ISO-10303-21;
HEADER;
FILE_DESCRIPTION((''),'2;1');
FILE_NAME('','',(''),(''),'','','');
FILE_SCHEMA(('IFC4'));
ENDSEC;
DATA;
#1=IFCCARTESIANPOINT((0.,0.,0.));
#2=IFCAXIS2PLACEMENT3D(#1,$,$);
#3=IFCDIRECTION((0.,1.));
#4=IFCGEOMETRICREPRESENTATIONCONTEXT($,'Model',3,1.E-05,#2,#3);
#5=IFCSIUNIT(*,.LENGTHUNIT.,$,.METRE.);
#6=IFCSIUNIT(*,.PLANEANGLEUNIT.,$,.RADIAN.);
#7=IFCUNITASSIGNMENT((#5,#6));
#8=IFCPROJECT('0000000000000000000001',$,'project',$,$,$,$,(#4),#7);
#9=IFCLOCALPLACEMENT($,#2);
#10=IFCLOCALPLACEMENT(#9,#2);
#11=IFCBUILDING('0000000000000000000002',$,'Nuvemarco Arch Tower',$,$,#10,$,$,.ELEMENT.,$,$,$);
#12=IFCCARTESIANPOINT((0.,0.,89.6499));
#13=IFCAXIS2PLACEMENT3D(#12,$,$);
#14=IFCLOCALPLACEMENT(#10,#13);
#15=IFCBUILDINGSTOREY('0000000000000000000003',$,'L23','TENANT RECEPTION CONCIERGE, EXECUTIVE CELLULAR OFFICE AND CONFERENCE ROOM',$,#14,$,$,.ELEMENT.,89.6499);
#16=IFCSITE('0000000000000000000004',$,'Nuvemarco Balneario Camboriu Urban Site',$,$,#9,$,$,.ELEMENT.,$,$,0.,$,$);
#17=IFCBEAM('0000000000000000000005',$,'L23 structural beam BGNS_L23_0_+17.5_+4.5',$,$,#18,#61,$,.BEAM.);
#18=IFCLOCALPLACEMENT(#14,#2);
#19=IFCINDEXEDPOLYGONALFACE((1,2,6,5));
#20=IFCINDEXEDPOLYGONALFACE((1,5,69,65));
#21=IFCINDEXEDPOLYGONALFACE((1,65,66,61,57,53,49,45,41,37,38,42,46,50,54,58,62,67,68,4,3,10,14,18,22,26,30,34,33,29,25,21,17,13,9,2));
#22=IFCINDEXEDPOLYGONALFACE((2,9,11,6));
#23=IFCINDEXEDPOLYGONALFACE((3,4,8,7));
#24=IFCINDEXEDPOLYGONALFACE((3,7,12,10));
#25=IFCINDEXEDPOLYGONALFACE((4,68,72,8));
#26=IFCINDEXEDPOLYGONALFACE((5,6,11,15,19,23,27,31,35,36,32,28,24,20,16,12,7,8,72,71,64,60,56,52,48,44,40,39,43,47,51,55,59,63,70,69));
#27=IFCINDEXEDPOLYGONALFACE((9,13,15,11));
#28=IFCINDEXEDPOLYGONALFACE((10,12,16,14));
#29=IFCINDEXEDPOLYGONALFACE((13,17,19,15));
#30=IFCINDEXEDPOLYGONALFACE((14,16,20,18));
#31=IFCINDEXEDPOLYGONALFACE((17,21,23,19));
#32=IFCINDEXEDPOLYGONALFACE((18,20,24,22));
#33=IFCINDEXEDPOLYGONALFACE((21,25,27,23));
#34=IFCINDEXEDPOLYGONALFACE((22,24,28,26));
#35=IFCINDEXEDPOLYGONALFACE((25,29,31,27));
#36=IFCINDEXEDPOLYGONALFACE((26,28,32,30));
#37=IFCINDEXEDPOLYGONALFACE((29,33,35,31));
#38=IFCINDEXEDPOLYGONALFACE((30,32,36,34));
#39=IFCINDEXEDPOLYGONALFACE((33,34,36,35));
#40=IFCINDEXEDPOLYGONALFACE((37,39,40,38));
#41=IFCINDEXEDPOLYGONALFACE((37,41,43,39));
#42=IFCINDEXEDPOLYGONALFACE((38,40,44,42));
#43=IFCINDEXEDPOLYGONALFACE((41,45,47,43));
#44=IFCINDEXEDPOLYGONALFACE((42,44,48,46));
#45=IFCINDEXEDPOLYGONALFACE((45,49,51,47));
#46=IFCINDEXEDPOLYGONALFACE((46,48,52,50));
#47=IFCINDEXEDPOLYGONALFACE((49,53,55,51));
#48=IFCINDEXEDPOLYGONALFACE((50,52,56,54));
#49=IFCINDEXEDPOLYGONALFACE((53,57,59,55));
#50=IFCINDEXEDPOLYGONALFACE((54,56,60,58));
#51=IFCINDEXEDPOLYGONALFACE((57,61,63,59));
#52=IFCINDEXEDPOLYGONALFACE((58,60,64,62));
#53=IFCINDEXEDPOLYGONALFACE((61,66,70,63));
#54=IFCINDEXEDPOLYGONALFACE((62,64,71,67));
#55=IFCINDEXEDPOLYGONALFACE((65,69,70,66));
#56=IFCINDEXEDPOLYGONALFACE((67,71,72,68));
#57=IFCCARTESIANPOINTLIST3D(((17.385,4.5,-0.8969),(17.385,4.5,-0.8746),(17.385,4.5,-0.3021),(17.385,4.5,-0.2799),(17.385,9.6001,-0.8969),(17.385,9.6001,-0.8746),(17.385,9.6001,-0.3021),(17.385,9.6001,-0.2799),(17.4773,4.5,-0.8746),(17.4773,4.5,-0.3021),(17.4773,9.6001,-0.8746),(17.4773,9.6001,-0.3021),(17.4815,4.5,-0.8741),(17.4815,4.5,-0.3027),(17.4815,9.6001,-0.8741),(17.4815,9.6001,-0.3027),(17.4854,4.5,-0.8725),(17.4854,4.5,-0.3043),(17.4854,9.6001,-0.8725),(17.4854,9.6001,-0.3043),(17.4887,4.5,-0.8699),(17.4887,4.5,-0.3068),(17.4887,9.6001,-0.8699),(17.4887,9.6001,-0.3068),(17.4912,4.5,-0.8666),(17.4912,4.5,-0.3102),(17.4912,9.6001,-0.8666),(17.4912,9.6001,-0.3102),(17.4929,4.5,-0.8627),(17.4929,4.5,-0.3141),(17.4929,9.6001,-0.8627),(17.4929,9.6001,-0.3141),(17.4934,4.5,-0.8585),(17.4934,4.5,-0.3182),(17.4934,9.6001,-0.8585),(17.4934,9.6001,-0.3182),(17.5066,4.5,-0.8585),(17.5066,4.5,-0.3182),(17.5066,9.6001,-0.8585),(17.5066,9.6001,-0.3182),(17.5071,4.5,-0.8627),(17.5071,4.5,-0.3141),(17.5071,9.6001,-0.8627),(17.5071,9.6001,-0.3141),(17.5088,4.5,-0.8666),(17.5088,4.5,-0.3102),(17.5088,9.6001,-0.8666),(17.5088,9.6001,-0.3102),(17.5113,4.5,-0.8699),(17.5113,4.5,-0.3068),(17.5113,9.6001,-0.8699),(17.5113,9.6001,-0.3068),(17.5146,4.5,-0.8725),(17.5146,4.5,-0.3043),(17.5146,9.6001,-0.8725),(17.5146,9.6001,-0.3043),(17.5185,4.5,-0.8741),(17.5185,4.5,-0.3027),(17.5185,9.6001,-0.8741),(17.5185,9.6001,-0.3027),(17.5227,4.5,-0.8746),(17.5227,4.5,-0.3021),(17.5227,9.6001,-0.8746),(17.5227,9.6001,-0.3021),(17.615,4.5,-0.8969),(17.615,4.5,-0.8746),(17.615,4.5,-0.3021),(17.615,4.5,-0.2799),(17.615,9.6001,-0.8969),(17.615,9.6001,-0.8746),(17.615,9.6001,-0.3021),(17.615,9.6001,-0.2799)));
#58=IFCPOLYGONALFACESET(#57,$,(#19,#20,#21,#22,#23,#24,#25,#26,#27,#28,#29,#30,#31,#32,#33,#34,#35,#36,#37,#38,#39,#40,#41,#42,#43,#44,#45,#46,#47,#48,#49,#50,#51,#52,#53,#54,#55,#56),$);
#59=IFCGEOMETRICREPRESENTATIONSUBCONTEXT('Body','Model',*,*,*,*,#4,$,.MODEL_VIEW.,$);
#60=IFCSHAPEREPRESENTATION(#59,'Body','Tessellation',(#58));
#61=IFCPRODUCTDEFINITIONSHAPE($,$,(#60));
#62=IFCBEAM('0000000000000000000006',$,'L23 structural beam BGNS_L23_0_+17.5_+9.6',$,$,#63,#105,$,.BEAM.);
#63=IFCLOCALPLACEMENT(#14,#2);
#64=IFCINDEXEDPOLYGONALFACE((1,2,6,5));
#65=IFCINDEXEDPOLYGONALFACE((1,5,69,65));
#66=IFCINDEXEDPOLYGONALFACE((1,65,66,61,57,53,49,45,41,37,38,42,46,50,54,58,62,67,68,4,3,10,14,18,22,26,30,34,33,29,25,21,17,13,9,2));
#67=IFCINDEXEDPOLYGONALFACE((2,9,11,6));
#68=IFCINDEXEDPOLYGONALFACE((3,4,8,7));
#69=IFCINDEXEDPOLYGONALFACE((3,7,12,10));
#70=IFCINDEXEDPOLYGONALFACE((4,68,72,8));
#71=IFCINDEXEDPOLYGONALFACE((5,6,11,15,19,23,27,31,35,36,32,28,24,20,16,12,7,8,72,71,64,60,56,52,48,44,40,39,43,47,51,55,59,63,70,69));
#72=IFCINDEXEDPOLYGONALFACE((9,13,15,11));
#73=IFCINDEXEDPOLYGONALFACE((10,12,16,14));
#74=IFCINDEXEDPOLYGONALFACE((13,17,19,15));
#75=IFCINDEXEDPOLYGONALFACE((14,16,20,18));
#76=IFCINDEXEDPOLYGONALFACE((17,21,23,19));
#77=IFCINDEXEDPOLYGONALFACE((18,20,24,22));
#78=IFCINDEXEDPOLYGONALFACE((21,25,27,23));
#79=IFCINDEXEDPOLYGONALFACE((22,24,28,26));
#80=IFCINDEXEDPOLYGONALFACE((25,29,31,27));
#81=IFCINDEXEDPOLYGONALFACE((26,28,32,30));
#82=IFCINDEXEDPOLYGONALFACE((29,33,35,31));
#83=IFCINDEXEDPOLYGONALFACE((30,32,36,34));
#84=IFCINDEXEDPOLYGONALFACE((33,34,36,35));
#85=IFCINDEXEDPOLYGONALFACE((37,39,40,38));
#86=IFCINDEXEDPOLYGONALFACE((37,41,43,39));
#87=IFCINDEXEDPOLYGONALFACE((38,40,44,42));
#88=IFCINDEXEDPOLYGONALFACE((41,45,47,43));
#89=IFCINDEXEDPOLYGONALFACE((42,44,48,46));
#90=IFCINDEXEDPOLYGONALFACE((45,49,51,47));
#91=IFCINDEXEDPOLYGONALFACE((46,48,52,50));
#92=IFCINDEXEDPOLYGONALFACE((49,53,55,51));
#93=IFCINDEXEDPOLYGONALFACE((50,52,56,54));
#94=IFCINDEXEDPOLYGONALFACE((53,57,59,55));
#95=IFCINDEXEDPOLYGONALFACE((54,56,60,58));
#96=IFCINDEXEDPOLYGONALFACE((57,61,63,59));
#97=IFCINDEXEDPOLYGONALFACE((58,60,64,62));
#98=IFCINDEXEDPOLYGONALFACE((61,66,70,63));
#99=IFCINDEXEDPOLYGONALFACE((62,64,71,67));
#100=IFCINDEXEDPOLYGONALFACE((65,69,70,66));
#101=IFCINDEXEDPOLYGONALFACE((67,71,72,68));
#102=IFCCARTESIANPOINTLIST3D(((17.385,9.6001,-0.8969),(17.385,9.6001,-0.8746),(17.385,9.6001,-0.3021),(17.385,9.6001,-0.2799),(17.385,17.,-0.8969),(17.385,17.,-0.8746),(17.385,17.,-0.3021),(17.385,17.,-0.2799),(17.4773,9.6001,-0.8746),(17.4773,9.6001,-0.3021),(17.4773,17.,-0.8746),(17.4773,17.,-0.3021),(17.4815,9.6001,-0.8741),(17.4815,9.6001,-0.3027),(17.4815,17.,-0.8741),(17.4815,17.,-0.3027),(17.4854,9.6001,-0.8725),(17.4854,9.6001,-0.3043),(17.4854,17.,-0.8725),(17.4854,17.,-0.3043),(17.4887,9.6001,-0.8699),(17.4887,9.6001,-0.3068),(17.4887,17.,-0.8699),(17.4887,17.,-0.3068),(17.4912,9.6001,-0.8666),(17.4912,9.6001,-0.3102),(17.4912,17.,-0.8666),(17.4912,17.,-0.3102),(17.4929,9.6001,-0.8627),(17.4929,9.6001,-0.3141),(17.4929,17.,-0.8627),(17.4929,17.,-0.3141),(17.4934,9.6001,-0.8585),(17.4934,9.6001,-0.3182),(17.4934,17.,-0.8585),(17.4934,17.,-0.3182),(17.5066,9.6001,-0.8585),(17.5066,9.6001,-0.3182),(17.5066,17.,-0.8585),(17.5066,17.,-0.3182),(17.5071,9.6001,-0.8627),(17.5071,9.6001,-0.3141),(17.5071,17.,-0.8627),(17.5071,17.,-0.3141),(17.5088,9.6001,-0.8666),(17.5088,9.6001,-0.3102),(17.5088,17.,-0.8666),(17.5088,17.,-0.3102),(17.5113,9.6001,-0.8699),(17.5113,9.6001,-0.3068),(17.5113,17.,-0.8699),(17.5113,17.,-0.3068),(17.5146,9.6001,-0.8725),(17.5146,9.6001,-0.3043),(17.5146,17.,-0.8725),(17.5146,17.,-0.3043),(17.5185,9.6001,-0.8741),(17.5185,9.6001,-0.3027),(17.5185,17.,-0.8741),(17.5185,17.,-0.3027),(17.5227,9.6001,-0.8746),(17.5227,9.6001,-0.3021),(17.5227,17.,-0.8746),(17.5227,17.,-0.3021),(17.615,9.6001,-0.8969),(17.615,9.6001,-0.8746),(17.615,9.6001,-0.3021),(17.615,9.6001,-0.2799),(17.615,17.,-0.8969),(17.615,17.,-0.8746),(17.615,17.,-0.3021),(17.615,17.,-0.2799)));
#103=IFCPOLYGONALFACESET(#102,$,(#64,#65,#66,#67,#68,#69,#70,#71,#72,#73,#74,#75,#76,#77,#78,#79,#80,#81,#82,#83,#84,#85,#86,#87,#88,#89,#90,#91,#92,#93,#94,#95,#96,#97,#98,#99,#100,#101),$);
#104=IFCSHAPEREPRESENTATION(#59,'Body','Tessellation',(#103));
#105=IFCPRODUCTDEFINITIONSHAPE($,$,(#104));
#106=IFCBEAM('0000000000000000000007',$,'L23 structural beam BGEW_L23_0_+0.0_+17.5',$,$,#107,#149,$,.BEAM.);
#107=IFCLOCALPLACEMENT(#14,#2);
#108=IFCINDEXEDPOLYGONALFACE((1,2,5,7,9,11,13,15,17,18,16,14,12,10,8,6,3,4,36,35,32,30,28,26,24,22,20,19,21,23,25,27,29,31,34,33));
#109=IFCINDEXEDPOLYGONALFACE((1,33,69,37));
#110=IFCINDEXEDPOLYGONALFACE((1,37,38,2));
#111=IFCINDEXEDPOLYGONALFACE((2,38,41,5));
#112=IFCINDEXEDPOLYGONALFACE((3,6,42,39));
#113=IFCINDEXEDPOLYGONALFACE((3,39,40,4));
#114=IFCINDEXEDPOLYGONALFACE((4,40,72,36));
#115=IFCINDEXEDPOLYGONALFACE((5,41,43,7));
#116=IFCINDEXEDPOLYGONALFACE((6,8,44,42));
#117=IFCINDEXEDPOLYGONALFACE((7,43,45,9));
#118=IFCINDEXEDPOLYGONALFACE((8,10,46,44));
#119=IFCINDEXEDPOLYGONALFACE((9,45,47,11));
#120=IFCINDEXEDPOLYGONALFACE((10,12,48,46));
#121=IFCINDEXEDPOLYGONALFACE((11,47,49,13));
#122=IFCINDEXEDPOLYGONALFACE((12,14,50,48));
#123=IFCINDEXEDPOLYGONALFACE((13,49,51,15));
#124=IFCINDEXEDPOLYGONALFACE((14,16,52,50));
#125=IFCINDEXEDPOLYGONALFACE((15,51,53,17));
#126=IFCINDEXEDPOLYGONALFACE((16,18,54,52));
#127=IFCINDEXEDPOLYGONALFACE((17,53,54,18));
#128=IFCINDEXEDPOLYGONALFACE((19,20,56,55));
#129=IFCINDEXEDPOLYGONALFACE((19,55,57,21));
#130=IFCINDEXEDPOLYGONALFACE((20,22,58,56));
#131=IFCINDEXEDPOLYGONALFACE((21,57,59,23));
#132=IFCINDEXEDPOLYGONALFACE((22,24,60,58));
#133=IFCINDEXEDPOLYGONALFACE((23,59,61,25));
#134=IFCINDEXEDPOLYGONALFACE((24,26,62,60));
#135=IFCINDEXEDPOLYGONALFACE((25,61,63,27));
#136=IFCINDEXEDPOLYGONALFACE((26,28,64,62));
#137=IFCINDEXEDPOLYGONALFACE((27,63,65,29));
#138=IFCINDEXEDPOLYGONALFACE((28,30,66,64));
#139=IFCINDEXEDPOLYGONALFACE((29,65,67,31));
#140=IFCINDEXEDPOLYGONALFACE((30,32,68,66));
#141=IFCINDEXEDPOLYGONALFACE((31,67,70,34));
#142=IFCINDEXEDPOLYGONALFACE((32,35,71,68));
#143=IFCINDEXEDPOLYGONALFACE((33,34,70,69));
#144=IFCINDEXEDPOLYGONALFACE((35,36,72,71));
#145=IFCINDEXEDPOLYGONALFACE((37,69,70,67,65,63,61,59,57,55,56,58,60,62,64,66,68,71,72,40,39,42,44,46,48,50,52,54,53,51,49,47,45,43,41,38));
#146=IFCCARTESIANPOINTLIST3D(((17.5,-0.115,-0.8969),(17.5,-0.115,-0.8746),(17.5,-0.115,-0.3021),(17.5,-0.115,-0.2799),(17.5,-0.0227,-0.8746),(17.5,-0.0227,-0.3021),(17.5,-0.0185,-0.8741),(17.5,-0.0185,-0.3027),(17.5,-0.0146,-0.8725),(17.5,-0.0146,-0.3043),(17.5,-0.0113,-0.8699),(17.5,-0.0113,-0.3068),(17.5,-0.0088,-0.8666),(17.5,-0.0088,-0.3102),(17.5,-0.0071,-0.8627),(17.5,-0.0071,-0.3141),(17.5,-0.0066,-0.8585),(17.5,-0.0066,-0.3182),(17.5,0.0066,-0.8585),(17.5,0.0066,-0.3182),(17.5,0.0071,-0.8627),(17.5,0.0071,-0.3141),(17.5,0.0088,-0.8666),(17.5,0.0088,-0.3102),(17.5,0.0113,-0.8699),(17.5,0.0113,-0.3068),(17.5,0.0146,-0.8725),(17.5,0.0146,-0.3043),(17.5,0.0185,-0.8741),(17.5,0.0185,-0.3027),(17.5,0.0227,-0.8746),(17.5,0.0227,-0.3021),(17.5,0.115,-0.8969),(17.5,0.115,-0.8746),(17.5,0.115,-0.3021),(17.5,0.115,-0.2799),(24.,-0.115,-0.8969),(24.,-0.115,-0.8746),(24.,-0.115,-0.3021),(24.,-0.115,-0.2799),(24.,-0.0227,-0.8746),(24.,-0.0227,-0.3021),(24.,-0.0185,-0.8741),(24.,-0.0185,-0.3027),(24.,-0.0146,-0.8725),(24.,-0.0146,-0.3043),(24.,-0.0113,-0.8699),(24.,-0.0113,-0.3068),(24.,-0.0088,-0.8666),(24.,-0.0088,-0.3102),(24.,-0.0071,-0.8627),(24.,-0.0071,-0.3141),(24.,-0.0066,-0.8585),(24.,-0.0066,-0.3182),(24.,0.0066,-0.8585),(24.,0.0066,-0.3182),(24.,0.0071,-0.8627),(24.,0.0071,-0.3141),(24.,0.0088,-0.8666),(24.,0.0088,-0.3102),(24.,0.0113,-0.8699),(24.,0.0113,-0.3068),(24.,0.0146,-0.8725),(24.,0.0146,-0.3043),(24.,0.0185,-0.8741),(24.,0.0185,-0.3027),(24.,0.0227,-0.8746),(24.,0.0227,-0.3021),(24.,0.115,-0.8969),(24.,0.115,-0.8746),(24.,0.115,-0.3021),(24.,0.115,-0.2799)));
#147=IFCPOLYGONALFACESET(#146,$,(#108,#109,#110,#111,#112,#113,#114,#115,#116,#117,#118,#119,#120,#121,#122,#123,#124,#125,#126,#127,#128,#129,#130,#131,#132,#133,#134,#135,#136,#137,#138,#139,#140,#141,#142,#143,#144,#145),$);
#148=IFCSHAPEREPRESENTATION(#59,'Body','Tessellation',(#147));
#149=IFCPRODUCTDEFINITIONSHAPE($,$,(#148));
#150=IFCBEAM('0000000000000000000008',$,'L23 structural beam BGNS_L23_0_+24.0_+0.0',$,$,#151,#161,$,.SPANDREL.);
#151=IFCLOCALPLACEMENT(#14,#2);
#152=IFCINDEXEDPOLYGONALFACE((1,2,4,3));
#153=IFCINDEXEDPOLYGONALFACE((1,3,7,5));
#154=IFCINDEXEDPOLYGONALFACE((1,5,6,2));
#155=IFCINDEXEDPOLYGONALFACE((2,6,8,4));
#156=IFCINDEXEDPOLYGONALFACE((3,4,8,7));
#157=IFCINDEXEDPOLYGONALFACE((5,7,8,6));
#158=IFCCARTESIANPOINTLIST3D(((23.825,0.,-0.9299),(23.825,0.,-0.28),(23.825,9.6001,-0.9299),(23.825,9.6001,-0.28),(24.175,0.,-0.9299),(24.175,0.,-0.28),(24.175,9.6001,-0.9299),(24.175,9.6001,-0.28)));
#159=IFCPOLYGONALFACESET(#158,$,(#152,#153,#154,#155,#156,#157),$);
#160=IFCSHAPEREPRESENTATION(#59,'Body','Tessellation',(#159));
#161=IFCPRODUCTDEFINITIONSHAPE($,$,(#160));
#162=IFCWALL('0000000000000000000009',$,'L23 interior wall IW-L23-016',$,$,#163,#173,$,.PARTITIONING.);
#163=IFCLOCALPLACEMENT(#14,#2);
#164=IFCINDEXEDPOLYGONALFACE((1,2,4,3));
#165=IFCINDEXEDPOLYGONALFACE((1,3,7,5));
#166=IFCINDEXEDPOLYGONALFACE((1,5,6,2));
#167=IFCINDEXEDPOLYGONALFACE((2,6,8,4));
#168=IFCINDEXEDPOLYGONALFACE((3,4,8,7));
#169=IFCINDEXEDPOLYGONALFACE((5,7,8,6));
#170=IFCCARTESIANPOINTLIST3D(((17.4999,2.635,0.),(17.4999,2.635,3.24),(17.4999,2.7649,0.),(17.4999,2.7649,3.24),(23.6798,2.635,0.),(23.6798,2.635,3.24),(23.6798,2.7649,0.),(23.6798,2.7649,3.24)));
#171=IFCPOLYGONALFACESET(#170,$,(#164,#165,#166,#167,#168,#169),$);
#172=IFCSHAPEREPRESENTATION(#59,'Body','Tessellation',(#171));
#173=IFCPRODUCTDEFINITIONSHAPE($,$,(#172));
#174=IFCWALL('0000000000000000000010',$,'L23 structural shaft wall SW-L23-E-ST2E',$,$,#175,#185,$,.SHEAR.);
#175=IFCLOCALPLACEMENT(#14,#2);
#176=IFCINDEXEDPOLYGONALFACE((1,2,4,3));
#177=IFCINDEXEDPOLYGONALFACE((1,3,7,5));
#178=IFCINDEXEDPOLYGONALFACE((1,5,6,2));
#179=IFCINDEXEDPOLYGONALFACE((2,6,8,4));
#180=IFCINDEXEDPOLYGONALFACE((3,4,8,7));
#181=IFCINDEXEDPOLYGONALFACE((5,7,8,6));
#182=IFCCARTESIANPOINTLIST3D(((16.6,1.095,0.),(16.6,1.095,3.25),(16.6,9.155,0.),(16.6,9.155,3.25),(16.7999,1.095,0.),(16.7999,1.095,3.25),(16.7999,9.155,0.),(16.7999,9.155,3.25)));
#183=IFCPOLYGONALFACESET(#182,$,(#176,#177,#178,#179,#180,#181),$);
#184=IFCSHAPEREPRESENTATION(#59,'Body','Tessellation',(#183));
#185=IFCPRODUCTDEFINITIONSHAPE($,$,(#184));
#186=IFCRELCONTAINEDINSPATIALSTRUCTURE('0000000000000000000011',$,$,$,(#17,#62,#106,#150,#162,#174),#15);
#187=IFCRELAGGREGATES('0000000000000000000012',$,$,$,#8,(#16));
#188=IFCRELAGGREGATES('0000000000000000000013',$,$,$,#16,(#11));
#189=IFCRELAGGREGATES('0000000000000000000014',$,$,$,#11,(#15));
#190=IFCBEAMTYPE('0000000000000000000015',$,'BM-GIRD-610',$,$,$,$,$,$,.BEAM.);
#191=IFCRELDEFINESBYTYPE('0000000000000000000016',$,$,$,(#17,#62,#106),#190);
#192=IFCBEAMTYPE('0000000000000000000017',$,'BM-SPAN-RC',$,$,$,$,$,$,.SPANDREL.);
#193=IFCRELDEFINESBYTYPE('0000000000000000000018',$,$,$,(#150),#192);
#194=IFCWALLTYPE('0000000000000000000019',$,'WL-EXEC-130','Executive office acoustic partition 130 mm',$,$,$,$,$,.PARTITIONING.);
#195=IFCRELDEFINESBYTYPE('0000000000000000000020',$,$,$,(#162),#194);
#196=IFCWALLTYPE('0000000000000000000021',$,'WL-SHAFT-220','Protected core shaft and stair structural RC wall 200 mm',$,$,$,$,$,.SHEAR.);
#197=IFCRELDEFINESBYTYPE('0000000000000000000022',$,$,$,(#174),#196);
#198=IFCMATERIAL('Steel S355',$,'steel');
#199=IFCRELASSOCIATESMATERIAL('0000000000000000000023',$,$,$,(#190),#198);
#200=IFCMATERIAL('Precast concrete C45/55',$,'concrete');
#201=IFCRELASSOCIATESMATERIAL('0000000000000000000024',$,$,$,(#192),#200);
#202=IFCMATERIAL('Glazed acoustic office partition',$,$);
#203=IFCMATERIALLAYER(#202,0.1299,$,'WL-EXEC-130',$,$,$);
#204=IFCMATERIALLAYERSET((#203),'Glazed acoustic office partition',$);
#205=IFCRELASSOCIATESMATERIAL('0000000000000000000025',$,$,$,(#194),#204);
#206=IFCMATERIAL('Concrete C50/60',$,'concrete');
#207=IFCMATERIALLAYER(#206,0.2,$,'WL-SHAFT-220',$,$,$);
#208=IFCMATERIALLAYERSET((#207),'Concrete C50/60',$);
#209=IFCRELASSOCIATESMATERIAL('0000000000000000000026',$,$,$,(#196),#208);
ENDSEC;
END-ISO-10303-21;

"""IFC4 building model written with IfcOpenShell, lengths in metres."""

from ifc_helpers import new_model, si_unit, direction, frame, frame_2d, origin, origin_2d, place, context, subcontext, project, spatial, rectangle, i_section, extrude, material, layer, layer_set, material_profile, profile_set, type_object, element, save


model = new_model("IFC4")

# Units and contexts
model_context = context("Model", 3, precision=1e-05, world=origin(), true_north=direction((0.0, 1.0)))
body_context = subcontext(model_context, "Body", "Model", "MODEL_VIEW")
ifc_project = project(units=[si_unit("LENGTHUNIT", "METRE"), si_unit("PLANEANGLEUNIT", "RADIAN")], contexts=[model_context])

# Site, building, storey
site_placement = place(None, origin())
site = spatial("IfcSite", under=ifc_project, at=site_placement, Name="Nuvemarco Balneario Camboriu Urban Site", CompositionType="ELEMENT", RefElevation=0.0)
building_placement = place(site_placement, origin())
building = spatial("IfcBuilding", under=site, at=building_placement, Name="Nuvemarco Arch Tower", CompositionType="ELEMENT")
storey_placement = place(building_placement, frame((0.0, 0.0, 89.6499)))
storey = spatial("IfcBuildingStorey", under=building, at=storey_placement, Name="L23", Description="TENANT RECEPTION CONCIERGE, EXECUTIVE CELLULAR OFFICE AND CONFERENCE ROOM", CompositionType="ELEMENT", Elevation=89.6499)

# Beams
ifc_material_1 = material(Name="Steel S355", Category="steel")
ifc_material_profile_1 = material_profile(ifc_material_1, i_section(OverallWidth=0.23, OverallDepth=0.6169, WebThickness=0.0132, FlangeThickness=0.0222, FilletRadius=0.0161, at=origin_2d()), Name="W610x140")
ifc_profile_set_1 = profile_set([ifc_material_profile_1], Name="Steel S355")
beam_type_1 = type_object("IfcBeamType", Name="BM-GIRD-610", PredefinedType="BEAM", material=ifc_profile_set_1)
beam_1_placement = place(storey_placement, frame((17.5, 4.5, -0.5884), z_axis=(0.0, 1.0, 0.0), x_axis=(-1.0, 0.0, 0.0)))
element("IfcBeam", 1, at=beam_1_placement, inside=storey, type_object=beam_type_1, Name="L23 structural beam BGNS_L23_0_+17.5_+4.5", PredefinedType="BEAM", context=body_context, shape_type="SweptSolid", body=[
    extrude(i_section(OverallWidth=0.23, OverallDepth=0.6169, WebThickness=0.0132, FlangeThickness=0.0222, FilletRadius=0.0161, at=origin_2d()), origin(), (0.0, 0.0, 1.0), 5.1001),
])
beam_2_placement = place(storey_placement, frame((17.5, 9.6001, -0.5884), z_axis=(0.0, 1.0, 0.0), x_axis=(-1.0, 0.0, 0.0)))
element("IfcBeam", 2, at=beam_2_placement, inside=storey, type_object=beam_type_1, Name="L23 structural beam BGNS_L23_0_+17.5_+9.6", PredefinedType="BEAM", context=body_context, shape_type="SweptSolid", body=[
    extrude(i_section(OverallWidth=0.23, OverallDepth=0.6169, WebThickness=0.0132, FlangeThickness=0.0222, FilletRadius=0.0161, at=origin_2d()), origin(), (0.0, 0.0, 1.0), 7.3999),
])
beam_3_placement = place(storey_placement, frame((17.5, 0.0, -0.5884), z_axis=(1.0, 0.0, 0.0), x_axis=(0.0, 1.0, 0.0)))
element("IfcBeam", 3, at=beam_3_placement, inside=storey, type_object=beam_type_1, Name="L23 structural beam BGEW_L23_0_+0.0_+17.5", PredefinedType="BEAM", context=body_context, shape_type="SweptSolid", body=[
    extrude(i_section(OverallWidth=0.23, OverallDepth=0.6169, WebThickness=0.0132, FlangeThickness=0.0222, FilletRadius=0.0161, at=origin_2d()), origin(), (0.0, 0.0, 1.0), 6.5),
])
ifc_material_2 = material(Name="Precast concrete C45/55", Category="concrete")
ifc_material_profile_2 = material_profile(ifc_material_2, rectangle(XDim=0.3501, YDim=0.6499, at=origin_2d()), Name="PC-SP-350x650")
ifc_profile_set_2 = profile_set([ifc_material_profile_2], Name="Precast concrete C45/55")
beam_type_2 = type_object("IfcBeamType", Name="BM-SPAN-RC", PredefinedType="SPANDREL", material=ifc_profile_set_2)
beam_4_placement = place(storey_placement, frame((24.0, 0.0, -0.605), z_axis=(0.0, 1.0, 0.0), x_axis=(-1.0, 0.0, 0.0)))
element("IfcBeam", 4, at=beam_4_placement, inside=storey, type_object=beam_type_2, Name="L23 structural beam BGNS_L23_0_+24.0_+0.0", PredefinedType="SPANDREL", context=body_context, shape_type="SweptSolid", body=[
    extrude(rectangle(XDim=0.3501, YDim=0.6499, at=origin_2d()), origin(), (0.0, 0.0, 1.0), 9.6001),
])

# Walls
ifc_material_3 = material(Name="Glazed acoustic office partition")
ifc_layer_1 = layer(ifc_material_3, 0.1299, Name="WL-EXEC-130")
ifc_layer_set_1 = layer_set([ifc_layer_1], Name="Glazed acoustic office partition")
wall_type_1 = type_object("IfcWallType", Name="WL-EXEC-130", Description="Executive office acoustic partition 130 mm", PredefinedType="PARTITIONING", material=ifc_layer_set_1)
wall_1_placement = place(storey_placement, frame((17.5, 2.7, 0.0), z_axis=(0.0, 0.0, 1.0), x_axis=(1.0, 0.0, 0.0)))
element("IfcWall", 5, at=wall_1_placement, inside=storey, type_object=wall_type_1, Name="L23 interior wall IW-L23-016", PredefinedType="PARTITIONING", context=body_context, shape_type="SweptSolid", body=[
    extrude(rectangle(XDim=6.1799, YDim=0.1299, at=frame_2d((3.0898, 0.0))), origin(), (0.0, 0.0, 1.0), 3.24),
])
ifc_material_4 = material(Name="Concrete C50/60", Category="concrete")
ifc_layer_2 = layer(ifc_material_4, 0.2, Name="WL-SHAFT-220")
ifc_layer_set_2 = layer_set([ifc_layer_2], Name="Concrete C50/60")
wall_type_2 = type_object("IfcWallType", Name="WL-SHAFT-220", Description="Protected core shaft and stair structural RC wall 200 mm", PredefinedType="SHEAR", material=ifc_layer_set_2)
wall_2_placement = place(storey_placement, frame((16.7, 1.095, 0.0), z_axis=(0.0, 0.0, 1.0), x_axis=(0.0, 1.0, 0.0)))
element("IfcWall", 6, at=wall_2_placement, inside=storey, type_object=wall_type_2, Name="L23 structural shaft wall SW-L23-E-ST2E", PredefinedType="SHEAR", context=body_context, shape_type="SweptSolid", body=[
    extrude(rectangle(XDim=8.0601, YDim=0.2, at=frame_2d((4.03, 0.0))), origin(), (0.0, 0.0, 1.0), 3.25),
])

save(model, "model.ifc")
